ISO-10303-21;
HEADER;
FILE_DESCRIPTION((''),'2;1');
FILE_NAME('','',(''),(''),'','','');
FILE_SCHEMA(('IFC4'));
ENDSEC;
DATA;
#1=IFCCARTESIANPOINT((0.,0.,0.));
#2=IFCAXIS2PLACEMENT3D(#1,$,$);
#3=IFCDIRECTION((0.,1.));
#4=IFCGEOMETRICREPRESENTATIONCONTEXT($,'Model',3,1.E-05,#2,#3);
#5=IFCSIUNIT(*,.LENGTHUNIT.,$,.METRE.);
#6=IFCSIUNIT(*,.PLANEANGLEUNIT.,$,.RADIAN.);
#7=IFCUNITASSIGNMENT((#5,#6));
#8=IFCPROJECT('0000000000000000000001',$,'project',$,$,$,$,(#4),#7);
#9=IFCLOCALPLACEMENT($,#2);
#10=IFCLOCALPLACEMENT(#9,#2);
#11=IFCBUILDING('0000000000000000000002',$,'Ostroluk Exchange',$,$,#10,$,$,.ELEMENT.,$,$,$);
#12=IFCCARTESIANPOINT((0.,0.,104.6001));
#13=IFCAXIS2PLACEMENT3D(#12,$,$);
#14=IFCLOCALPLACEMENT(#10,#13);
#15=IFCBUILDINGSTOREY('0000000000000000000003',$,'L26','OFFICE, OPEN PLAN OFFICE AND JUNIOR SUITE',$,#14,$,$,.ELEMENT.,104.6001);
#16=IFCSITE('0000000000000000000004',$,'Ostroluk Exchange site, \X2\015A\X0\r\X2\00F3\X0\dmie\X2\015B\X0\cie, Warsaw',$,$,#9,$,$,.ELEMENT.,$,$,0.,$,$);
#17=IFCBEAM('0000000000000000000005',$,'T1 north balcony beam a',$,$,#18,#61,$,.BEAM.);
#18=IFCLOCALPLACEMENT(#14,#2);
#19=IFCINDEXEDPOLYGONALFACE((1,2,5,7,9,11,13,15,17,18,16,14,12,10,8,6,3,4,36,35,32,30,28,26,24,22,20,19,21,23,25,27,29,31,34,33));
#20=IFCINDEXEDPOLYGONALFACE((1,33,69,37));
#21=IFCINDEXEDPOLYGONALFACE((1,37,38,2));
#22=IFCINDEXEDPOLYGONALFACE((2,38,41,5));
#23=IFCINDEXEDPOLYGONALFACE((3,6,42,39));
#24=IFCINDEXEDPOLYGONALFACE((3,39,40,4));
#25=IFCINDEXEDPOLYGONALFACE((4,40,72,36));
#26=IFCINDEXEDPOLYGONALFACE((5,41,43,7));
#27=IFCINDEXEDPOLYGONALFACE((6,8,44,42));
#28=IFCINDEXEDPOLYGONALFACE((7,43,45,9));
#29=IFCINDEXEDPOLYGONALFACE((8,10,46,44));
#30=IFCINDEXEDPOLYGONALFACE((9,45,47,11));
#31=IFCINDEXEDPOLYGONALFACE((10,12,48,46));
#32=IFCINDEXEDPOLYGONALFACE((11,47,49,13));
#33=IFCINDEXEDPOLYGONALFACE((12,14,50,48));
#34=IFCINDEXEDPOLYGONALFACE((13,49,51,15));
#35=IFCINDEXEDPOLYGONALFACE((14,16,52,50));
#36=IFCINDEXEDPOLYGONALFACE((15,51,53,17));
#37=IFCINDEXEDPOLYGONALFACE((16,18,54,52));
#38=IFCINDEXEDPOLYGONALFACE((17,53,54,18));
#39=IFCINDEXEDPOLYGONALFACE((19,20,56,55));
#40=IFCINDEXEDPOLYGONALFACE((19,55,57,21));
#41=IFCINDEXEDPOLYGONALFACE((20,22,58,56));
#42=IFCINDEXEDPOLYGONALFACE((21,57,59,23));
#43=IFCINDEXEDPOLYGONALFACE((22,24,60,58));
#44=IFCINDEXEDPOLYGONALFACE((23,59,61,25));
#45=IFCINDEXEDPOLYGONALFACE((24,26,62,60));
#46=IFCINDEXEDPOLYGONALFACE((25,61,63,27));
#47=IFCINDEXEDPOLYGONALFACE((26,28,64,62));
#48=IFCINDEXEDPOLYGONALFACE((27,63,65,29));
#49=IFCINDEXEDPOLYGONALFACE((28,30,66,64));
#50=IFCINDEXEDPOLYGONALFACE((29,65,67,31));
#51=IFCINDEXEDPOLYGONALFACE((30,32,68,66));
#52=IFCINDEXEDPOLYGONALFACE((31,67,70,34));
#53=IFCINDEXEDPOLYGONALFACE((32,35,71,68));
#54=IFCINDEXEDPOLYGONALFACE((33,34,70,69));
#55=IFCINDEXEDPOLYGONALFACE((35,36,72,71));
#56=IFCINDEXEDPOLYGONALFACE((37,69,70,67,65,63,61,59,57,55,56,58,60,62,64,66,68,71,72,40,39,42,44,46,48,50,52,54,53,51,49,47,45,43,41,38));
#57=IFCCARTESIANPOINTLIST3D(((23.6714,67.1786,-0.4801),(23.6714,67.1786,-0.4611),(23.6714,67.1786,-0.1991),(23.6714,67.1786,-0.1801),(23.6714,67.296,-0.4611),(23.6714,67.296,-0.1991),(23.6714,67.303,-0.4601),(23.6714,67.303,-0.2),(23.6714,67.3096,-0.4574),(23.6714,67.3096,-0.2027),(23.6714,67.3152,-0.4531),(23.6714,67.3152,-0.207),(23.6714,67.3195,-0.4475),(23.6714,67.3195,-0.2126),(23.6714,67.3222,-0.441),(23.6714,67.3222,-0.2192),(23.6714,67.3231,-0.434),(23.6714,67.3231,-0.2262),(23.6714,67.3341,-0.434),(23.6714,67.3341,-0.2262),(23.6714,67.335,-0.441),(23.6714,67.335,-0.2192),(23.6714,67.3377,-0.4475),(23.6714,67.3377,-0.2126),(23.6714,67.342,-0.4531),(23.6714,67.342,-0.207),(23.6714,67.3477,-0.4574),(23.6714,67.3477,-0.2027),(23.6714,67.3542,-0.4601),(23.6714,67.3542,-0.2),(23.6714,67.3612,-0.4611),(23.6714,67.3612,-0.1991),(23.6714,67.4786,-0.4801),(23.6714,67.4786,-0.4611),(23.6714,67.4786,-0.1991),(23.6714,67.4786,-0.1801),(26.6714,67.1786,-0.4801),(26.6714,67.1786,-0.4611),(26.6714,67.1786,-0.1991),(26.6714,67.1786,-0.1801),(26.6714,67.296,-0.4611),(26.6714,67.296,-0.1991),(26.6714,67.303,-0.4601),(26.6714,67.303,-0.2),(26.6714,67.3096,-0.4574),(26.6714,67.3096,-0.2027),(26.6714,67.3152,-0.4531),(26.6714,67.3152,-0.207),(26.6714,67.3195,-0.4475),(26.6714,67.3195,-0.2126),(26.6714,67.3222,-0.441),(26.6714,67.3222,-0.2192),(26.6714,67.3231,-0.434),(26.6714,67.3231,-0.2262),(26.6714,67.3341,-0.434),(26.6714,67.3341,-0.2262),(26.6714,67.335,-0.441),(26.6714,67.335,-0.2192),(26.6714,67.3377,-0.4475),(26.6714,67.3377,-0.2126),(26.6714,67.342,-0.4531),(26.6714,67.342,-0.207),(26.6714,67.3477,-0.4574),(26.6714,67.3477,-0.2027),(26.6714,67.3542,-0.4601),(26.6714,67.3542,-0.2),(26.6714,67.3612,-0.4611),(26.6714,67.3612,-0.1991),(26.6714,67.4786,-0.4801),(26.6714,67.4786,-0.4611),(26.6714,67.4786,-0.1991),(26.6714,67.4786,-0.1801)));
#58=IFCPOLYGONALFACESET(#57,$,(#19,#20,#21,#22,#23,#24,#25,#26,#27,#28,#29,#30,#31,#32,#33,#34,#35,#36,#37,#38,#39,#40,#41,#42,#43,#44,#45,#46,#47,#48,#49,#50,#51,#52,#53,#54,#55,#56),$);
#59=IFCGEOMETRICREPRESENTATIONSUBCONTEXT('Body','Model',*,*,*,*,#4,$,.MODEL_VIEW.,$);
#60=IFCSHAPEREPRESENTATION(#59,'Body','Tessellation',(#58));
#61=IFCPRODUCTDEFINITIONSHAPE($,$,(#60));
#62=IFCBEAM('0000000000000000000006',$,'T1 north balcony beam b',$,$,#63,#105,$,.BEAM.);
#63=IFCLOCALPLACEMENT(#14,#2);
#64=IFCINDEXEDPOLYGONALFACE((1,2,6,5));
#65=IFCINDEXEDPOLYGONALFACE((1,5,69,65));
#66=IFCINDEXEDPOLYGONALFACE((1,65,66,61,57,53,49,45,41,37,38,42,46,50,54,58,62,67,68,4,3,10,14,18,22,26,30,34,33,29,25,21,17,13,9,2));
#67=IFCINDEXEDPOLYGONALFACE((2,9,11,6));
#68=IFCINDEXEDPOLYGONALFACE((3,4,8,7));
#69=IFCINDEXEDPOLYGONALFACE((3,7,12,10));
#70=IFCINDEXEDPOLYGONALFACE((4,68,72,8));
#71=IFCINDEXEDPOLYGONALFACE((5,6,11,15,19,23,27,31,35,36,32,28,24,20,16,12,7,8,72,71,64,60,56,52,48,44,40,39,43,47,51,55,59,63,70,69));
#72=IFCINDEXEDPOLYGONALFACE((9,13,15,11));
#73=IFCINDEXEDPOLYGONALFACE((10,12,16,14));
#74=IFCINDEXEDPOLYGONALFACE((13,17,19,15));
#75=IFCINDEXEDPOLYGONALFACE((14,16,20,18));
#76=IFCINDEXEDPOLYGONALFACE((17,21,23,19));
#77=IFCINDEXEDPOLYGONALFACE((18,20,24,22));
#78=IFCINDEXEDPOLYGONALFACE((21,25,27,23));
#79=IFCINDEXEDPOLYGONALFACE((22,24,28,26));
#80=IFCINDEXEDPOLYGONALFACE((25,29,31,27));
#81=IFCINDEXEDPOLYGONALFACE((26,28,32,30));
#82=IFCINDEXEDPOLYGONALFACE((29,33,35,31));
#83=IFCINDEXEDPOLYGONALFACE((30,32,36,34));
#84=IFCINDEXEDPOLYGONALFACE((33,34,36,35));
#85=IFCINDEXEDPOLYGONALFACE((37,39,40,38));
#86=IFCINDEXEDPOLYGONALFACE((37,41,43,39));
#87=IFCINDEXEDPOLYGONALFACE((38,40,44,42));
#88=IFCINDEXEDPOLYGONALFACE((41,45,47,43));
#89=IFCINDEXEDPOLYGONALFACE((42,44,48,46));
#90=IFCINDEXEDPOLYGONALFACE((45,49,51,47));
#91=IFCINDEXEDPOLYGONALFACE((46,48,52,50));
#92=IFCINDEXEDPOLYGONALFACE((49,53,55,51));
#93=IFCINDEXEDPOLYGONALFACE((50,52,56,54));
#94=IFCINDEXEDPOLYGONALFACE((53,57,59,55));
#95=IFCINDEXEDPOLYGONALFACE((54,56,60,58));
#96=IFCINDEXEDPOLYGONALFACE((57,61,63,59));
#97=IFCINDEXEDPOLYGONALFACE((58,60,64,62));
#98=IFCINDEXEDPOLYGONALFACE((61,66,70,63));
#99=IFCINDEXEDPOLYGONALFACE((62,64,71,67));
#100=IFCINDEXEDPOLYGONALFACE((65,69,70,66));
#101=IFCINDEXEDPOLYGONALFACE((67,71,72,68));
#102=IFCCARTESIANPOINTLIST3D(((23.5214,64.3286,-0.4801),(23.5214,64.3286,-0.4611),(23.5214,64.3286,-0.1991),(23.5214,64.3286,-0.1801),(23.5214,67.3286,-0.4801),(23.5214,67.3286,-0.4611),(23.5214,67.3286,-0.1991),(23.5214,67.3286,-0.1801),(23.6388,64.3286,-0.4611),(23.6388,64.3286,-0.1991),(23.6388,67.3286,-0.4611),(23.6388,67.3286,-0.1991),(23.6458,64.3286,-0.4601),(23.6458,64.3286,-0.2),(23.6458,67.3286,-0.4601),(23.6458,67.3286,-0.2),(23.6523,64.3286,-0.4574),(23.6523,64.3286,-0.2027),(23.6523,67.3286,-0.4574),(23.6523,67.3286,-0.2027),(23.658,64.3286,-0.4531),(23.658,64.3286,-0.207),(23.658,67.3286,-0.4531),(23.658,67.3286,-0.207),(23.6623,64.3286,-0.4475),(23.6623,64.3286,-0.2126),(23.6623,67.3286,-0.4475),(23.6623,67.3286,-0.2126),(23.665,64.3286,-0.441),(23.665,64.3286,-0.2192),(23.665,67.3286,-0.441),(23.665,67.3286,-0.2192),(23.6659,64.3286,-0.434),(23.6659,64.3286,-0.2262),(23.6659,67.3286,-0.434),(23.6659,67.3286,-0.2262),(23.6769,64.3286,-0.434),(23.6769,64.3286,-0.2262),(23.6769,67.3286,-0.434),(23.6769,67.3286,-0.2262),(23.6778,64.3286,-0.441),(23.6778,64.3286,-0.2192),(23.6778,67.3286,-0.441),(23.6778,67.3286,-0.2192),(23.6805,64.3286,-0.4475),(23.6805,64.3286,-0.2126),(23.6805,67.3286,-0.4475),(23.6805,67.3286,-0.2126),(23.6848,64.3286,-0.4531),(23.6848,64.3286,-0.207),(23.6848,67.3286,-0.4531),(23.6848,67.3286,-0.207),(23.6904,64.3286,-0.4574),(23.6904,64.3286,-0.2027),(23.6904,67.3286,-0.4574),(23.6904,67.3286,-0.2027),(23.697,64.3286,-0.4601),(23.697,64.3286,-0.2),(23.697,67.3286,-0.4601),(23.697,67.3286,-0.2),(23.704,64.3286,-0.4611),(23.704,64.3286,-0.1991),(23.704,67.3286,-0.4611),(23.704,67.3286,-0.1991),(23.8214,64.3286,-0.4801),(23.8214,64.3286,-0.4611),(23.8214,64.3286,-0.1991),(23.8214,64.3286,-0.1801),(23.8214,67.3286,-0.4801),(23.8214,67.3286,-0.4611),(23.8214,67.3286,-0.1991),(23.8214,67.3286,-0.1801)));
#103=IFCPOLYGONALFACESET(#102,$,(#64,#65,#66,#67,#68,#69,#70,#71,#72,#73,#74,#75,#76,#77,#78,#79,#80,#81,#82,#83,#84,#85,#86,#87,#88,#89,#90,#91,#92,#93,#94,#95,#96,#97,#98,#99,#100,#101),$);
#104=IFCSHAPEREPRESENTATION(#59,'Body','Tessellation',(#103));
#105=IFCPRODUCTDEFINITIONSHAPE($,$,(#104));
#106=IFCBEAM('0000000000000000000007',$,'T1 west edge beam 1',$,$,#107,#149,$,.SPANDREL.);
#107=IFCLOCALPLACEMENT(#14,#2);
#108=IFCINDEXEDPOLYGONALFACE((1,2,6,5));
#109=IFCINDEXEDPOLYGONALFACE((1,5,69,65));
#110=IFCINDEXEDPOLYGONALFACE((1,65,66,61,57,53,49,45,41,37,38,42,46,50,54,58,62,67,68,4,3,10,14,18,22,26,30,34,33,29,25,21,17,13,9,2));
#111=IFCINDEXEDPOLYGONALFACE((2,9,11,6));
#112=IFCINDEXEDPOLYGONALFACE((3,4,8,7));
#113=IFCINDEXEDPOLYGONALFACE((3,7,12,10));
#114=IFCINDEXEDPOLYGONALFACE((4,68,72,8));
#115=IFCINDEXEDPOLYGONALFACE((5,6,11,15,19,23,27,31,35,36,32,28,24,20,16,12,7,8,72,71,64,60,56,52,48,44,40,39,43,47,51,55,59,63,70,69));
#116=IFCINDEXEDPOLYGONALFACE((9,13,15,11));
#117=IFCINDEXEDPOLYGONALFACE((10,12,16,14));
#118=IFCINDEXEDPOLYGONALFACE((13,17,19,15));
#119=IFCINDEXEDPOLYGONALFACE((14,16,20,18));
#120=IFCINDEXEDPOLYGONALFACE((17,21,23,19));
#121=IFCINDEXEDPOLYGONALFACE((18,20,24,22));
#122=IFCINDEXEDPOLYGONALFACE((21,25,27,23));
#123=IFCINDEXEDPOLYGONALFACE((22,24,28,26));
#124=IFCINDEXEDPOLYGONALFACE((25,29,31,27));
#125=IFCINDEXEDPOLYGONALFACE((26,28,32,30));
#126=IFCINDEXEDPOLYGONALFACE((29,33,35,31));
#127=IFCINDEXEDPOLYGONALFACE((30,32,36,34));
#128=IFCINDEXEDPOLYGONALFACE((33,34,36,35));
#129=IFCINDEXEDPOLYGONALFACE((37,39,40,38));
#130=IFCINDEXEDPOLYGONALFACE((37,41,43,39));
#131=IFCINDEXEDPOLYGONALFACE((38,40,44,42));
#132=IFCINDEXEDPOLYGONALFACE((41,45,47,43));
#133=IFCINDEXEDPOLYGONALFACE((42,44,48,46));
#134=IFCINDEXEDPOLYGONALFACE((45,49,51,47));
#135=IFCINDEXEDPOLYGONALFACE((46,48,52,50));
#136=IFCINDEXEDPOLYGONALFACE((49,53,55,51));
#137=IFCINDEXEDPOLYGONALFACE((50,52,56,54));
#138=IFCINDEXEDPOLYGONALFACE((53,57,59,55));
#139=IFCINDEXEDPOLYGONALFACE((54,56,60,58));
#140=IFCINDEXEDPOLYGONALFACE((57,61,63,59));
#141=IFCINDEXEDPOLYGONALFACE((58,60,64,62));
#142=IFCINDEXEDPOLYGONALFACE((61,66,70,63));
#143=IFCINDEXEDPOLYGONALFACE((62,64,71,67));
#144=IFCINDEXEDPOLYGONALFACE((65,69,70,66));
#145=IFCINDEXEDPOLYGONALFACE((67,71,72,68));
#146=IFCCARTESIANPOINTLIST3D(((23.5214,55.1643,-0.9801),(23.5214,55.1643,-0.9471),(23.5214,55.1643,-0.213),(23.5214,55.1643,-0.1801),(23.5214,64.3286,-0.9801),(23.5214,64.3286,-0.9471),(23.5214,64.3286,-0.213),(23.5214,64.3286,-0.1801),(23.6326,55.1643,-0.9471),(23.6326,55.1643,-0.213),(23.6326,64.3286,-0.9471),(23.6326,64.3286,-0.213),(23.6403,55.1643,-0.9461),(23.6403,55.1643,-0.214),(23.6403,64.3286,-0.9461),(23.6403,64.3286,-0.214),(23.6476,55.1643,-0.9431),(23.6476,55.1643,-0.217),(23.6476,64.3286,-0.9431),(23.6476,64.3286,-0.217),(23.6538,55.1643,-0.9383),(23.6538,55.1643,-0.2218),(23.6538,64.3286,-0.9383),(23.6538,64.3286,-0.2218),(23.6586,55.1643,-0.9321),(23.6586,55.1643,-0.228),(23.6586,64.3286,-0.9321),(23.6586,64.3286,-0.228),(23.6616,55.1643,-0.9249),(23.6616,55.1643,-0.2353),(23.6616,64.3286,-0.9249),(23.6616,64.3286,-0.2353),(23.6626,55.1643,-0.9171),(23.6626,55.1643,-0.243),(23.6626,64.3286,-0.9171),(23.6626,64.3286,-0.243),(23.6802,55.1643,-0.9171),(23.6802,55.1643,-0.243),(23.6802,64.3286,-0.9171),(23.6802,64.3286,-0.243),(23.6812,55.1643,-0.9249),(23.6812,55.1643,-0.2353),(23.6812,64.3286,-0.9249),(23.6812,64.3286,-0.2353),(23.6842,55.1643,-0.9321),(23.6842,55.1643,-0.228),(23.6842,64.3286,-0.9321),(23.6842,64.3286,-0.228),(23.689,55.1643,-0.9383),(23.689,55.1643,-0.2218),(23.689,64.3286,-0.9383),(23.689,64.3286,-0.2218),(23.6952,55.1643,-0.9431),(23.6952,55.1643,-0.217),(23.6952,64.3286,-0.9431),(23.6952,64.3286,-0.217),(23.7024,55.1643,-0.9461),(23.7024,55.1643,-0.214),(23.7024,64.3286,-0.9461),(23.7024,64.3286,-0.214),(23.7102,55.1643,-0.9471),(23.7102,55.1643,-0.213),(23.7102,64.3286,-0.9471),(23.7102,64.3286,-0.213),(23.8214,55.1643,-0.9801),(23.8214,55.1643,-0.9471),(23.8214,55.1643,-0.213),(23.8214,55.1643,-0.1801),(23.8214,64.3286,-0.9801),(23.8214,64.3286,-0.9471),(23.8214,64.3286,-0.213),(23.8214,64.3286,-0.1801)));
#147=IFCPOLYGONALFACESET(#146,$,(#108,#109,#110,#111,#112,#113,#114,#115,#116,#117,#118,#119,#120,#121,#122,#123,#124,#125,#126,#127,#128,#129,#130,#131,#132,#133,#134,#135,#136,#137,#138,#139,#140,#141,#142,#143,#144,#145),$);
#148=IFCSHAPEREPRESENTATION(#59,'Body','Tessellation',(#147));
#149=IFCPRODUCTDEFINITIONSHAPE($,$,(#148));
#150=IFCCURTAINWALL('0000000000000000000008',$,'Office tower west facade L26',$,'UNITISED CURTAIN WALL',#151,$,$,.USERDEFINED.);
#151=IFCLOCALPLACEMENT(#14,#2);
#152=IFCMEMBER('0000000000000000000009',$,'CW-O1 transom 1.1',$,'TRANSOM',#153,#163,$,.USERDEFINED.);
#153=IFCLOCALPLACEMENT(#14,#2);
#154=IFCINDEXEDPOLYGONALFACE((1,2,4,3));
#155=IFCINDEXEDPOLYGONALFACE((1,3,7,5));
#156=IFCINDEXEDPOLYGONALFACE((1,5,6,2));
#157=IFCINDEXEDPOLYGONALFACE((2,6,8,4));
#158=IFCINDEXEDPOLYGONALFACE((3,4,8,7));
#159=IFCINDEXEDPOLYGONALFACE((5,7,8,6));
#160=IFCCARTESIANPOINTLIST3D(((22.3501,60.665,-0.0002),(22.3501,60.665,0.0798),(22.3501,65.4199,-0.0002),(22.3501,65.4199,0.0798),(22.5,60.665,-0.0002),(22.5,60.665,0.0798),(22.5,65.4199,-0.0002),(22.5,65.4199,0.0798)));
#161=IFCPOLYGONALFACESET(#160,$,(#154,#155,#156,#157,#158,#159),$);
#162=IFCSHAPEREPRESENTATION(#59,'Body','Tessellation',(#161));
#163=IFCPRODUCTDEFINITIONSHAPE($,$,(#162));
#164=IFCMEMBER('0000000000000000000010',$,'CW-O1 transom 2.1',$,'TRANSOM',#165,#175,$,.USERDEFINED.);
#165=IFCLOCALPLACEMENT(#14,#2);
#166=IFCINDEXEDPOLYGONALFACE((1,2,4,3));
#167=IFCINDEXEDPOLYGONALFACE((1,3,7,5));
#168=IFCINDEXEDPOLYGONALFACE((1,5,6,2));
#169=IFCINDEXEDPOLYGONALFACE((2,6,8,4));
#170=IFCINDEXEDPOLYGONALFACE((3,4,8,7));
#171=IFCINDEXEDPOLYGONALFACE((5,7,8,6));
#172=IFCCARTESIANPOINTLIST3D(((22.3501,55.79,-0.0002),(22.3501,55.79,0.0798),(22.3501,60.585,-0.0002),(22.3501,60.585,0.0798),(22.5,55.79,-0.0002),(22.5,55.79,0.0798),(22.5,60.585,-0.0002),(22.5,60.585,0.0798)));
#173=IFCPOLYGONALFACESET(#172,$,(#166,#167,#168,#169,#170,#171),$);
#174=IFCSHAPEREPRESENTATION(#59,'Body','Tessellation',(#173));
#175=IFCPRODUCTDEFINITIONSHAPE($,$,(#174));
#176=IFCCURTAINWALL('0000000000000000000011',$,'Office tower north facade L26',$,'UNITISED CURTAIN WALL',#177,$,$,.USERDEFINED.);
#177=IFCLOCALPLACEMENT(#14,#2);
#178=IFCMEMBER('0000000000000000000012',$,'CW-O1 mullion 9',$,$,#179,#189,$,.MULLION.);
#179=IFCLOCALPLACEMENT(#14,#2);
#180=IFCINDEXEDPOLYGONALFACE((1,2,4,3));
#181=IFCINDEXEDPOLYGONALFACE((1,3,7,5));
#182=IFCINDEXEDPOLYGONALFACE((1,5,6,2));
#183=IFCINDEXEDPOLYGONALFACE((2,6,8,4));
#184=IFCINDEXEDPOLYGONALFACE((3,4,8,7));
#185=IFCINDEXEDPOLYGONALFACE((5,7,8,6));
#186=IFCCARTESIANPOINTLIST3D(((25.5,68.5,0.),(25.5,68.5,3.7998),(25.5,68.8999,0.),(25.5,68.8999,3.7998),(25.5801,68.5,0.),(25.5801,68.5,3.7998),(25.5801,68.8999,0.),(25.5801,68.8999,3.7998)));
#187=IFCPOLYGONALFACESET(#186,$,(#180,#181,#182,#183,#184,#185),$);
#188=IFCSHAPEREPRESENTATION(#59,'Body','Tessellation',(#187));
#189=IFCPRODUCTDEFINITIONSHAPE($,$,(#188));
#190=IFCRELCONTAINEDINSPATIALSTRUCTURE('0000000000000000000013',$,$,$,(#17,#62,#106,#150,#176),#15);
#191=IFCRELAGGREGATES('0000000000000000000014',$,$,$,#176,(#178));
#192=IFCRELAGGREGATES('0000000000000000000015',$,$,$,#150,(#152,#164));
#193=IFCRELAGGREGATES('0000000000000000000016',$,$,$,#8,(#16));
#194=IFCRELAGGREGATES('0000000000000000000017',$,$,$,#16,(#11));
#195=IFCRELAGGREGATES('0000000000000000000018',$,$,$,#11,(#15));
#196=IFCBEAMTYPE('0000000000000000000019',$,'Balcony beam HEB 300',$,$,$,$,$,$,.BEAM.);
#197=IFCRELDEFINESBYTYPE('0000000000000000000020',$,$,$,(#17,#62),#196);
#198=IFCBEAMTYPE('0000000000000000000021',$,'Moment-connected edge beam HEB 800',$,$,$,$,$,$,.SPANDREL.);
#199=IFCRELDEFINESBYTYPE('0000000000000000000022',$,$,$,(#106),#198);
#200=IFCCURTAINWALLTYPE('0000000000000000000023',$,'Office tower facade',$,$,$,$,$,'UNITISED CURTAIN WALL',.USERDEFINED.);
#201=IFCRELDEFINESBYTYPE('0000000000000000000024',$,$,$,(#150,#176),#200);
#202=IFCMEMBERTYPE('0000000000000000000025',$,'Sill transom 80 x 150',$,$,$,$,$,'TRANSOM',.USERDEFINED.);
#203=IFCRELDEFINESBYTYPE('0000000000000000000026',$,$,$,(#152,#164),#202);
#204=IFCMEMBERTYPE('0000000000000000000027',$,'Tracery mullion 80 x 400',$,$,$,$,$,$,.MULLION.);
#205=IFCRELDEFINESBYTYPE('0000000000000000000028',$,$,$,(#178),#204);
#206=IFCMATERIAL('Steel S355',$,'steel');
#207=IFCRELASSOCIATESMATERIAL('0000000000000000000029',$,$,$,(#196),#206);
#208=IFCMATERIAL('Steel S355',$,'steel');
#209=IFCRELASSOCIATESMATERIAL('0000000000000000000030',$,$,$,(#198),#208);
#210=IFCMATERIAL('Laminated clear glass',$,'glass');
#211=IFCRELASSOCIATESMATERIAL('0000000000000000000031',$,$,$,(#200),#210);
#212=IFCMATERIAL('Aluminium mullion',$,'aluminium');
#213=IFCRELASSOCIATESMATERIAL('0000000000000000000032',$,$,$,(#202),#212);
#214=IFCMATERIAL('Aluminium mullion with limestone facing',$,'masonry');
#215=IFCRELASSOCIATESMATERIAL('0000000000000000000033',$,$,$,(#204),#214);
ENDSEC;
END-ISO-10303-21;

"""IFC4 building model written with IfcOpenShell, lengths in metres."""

from ifc_helpers import new_model, si_unit, direction, frame, origin, origin_2d, place, context, subcontext, project, spatial, rectangle, i_section, extrude, material, material_profile, profile_set, type_object, element, aggregate, save


model = new_model("IFC4")

# Units and contexts
model_context = context("Model", 3, precision=1e-05, world=origin(), true_north=direction((0.0, 1.0)))
body_context = subcontext(model_context, "Body", "Model", "MODEL_VIEW")
ifc_project = project(units=[si_unit("LENGTHUNIT", "METRE"), si_unit("PLANEANGLEUNIT", "RADIAN")], contexts=[model_context])

# Site, building, storey
site_placement = place(None, origin())
site = spatial("IfcSite", under=ifc_project, at=site_placement, Name="Ostroluk Exchange site, Śródmieście, Warsaw", CompositionType="ELEMENT", RefElevation=0.0)
building_placement = place(site_placement, origin())
building = spatial("IfcBuilding", under=site, at=building_placement, Name="Ostroluk Exchange", CompositionType="ELEMENT")
storey_placement = place(building_placement, frame((0.0, 0.0, 104.6001)))
storey = spatial("IfcBuildingStorey", under=building, at=storey_placement, Name="L26", Description="OFFICE, OPEN PLAN OFFICE AND JUNIOR SUITE", CompositionType="ELEMENT", Elevation=104.6001)

# Beams
ifc_material_1 = material(Name="Steel S355", Category="steel")
ifc_material_profile_1 = material_profile(ifc_material_1, i_section(OverallWidth=0.3, OverallDepth=0.3, WebThickness=0.011, FlangeThickness=0.019, FilletRadius=0.0271, at=origin_2d()), Name="HEB 300")
ifc_profile_set_1 = profile_set([ifc_material_profile_1], Name="Steel S355")
beam_type_1 = type_object("IfcBeamType", Name="Balcony beam HEB 300", PredefinedType="BEAM", material=ifc_profile_set_1)
for number, where, z_axis, x_axis, name in (
    (1, (26.6714, 67.3286, -0.3301), (-1.0, 0.0, 0.0), (0.0, -1.0, 0.0), "T1 north balcony beam a"),
    (2, (23.6714, 64.3286, -0.3301), (0.0, 1.0, 0.0), (-1.0, 0.0, 0.0), "T1 north balcony beam b"),
):
    element("IfcBeam", number, at=place(storey_placement, frame(where, z_axis=z_axis, x_axis=x_axis)), inside=storey, type_object=beam_type_1, Name=name, PredefinedType="BEAM", context=body_context, shape_type="SweptSolid", body=[
        extrude(i_section(OverallWidth=0.3, OverallDepth=0.3, WebThickness=0.011, FlangeThickness=0.019, FilletRadius=0.0271, at=origin_2d()), origin(), (0.0, 0.0, 1.0), 3.0),
    ])
ifc_material_2 = material(Name="Steel S355", Category="steel")
ifc_material_profile_2 = material_profile(ifc_material_2, i_section(OverallWidth=0.3, OverallDepth=0.8, WebThickness=0.0176, FlangeThickness=0.033, FilletRadius=0.03, at=origin_2d()), Name="HEB 800")
ifc_profile_set_2 = profile_set([ifc_material_profile_2], Name="Steel S355")
beam_type_2 = type_object("IfcBeamType", Name="Moment-connected edge beam HEB 800", PredefinedType="SPANDREL", material=ifc_profile_set_2)
beam_placement = place(storey_placement, frame((23.6714, 64.3286, -0.5801), z_axis=(0.0, -1.0, 0.0), x_axis=(1.0, 0.0, 0.0)))
element("IfcBeam", 3, at=beam_placement, inside=storey, type_object=beam_type_2, Name="T1 west edge beam 1", PredefinedType="SPANDREL", context=body_context, shape_type="SweptSolid", body=[
    extrude(i_section(OverallWidth=0.3, OverallDepth=0.8, WebThickness=0.0176, FlangeThickness=0.033, FilletRadius=0.03, at=origin_2d()), origin(), (0.0, 0.0, 1.0), 9.1643),
])

# Curtain wall, members
ifc_material_3 = material(Name="Laminated clear glass", Category="glass")
curtain_wall_type = type_object("IfcCurtainWallType", Name="Office tower facade", ElementType="UNITISED CURTAIN WALL", PredefinedType="USERDEFINED", material=ifc_material_3)
curtain_wall_1_placement = place(storey_placement, origin())
curtain_wall_1 = element("IfcCurtainWall", 4, at=curtain_wall_1_placement, inside=storey, type_object=curtain_wall_type, Name="Office tower west facade L26", ObjectType="UNITISED CURTAIN WALL", PredefinedType="USERDEFINED")
ifc_material_4 = material(Name="Aluminium mullion", Category="aluminium")
ifc_material_profile_3 = material_profile(ifc_material_4, rectangle(XDim=0.1499, YDim=0.0801, at=origin_2d()), Name="Sill transom 80 x 150")
ifc_profile_set_3 = profile_set([ifc_material_profile_3], Name="Aluminium mullion")
member_type_1 = type_object("IfcMemberType", Name="Sill transom 80 x 150", ElementType="TRANSOM", PredefinedType="USERDEFINED", material=ifc_profile_set_3)
member_1_placement = place(storey_placement, frame((22.425, 65.4199, 0.0398), z_axis=(0.0, -1.0, 0.0), x_axis=(1.0, 0.0, 0.0)))
member_1 = element("IfcMember", 5, at=member_1_placement, type_object=member_type_1, Name="CW-O1 transom 1.1", ObjectType="TRANSOM", PredefinedType="USERDEFINED", context=body_context, shape_type="SweptSolid", body=[
    extrude(rectangle(XDim=0.1499, YDim=0.0801, at=origin_2d()), origin(), (0.0, 0.0, 1.0), 4.7549),
])
member_2_placement = place(storey_placement, frame((22.425, 60.585, 0.0398), z_axis=(0.0, -1.0, 0.0), x_axis=(1.0, 0.0, 0.0)))
member_2 = element("IfcMember", 6, at=member_2_placement, type_object=member_type_1, Name="CW-O1 transom 2.1", ObjectType="TRANSOM", PredefinedType="USERDEFINED", context=body_context, shape_type="SweptSolid", body=[
    extrude(rectangle(XDim=0.1499, YDim=0.0801, at=origin_2d()), origin(), (0.0, 0.0, 1.0), 4.7949),
])

# Curtain wall, member
curtain_wall_2_placement = place(storey_placement, origin())
curtain_wall_2 = element("IfcCurtainWall", 7, at=curtain_wall_2_placement, inside=storey, type_object=curtain_wall_type, Name="Office tower north facade L26", ObjectType="UNITISED CURTAIN WALL", PredefinedType="USERDEFINED")
ifc_material_5 = material(Name="Aluminium mullion with limestone facing", Category="masonry")
ifc_material_profile_4 = material_profile(ifc_material_5, rectangle(XDim=0.3999, YDim=0.0801, at=origin_2d()), Name="Tracery mullion 80 x 400")
ifc_profile_set_4 = profile_set([ifc_material_profile_4], Name="Aluminium mullion with limestone facing")
member_type_2 = type_object("IfcMemberType", Name="Tracery mullion 80 x 400", PredefinedType="MULLION", material=ifc_profile_set_4)
member_3_placement = place(storey_placement, frame((25.54, 68.7, 0.0), z_axis=(0.0, 0.0, 1.0), x_axis=(0.0, -1.0, 0.0)))
member_3 = element("IfcMember", 8, at=member_3_placement, type_object=member_type_2, Name="CW-O1 mullion 9", PredefinedType="MULLION", context=body_context, shape_type="SweptSolid", body=[
    extrude(rectangle(XDim=0.3999, YDim=0.0801, at=origin_2d()), origin(), (0.0, 0.0, 1.0), 3.7998),
])
aggregate(curtain_wall_2, [member_3])

aggregate(curtain_wall_1, [member_1, member_2])

save(model, "model.ifc")
